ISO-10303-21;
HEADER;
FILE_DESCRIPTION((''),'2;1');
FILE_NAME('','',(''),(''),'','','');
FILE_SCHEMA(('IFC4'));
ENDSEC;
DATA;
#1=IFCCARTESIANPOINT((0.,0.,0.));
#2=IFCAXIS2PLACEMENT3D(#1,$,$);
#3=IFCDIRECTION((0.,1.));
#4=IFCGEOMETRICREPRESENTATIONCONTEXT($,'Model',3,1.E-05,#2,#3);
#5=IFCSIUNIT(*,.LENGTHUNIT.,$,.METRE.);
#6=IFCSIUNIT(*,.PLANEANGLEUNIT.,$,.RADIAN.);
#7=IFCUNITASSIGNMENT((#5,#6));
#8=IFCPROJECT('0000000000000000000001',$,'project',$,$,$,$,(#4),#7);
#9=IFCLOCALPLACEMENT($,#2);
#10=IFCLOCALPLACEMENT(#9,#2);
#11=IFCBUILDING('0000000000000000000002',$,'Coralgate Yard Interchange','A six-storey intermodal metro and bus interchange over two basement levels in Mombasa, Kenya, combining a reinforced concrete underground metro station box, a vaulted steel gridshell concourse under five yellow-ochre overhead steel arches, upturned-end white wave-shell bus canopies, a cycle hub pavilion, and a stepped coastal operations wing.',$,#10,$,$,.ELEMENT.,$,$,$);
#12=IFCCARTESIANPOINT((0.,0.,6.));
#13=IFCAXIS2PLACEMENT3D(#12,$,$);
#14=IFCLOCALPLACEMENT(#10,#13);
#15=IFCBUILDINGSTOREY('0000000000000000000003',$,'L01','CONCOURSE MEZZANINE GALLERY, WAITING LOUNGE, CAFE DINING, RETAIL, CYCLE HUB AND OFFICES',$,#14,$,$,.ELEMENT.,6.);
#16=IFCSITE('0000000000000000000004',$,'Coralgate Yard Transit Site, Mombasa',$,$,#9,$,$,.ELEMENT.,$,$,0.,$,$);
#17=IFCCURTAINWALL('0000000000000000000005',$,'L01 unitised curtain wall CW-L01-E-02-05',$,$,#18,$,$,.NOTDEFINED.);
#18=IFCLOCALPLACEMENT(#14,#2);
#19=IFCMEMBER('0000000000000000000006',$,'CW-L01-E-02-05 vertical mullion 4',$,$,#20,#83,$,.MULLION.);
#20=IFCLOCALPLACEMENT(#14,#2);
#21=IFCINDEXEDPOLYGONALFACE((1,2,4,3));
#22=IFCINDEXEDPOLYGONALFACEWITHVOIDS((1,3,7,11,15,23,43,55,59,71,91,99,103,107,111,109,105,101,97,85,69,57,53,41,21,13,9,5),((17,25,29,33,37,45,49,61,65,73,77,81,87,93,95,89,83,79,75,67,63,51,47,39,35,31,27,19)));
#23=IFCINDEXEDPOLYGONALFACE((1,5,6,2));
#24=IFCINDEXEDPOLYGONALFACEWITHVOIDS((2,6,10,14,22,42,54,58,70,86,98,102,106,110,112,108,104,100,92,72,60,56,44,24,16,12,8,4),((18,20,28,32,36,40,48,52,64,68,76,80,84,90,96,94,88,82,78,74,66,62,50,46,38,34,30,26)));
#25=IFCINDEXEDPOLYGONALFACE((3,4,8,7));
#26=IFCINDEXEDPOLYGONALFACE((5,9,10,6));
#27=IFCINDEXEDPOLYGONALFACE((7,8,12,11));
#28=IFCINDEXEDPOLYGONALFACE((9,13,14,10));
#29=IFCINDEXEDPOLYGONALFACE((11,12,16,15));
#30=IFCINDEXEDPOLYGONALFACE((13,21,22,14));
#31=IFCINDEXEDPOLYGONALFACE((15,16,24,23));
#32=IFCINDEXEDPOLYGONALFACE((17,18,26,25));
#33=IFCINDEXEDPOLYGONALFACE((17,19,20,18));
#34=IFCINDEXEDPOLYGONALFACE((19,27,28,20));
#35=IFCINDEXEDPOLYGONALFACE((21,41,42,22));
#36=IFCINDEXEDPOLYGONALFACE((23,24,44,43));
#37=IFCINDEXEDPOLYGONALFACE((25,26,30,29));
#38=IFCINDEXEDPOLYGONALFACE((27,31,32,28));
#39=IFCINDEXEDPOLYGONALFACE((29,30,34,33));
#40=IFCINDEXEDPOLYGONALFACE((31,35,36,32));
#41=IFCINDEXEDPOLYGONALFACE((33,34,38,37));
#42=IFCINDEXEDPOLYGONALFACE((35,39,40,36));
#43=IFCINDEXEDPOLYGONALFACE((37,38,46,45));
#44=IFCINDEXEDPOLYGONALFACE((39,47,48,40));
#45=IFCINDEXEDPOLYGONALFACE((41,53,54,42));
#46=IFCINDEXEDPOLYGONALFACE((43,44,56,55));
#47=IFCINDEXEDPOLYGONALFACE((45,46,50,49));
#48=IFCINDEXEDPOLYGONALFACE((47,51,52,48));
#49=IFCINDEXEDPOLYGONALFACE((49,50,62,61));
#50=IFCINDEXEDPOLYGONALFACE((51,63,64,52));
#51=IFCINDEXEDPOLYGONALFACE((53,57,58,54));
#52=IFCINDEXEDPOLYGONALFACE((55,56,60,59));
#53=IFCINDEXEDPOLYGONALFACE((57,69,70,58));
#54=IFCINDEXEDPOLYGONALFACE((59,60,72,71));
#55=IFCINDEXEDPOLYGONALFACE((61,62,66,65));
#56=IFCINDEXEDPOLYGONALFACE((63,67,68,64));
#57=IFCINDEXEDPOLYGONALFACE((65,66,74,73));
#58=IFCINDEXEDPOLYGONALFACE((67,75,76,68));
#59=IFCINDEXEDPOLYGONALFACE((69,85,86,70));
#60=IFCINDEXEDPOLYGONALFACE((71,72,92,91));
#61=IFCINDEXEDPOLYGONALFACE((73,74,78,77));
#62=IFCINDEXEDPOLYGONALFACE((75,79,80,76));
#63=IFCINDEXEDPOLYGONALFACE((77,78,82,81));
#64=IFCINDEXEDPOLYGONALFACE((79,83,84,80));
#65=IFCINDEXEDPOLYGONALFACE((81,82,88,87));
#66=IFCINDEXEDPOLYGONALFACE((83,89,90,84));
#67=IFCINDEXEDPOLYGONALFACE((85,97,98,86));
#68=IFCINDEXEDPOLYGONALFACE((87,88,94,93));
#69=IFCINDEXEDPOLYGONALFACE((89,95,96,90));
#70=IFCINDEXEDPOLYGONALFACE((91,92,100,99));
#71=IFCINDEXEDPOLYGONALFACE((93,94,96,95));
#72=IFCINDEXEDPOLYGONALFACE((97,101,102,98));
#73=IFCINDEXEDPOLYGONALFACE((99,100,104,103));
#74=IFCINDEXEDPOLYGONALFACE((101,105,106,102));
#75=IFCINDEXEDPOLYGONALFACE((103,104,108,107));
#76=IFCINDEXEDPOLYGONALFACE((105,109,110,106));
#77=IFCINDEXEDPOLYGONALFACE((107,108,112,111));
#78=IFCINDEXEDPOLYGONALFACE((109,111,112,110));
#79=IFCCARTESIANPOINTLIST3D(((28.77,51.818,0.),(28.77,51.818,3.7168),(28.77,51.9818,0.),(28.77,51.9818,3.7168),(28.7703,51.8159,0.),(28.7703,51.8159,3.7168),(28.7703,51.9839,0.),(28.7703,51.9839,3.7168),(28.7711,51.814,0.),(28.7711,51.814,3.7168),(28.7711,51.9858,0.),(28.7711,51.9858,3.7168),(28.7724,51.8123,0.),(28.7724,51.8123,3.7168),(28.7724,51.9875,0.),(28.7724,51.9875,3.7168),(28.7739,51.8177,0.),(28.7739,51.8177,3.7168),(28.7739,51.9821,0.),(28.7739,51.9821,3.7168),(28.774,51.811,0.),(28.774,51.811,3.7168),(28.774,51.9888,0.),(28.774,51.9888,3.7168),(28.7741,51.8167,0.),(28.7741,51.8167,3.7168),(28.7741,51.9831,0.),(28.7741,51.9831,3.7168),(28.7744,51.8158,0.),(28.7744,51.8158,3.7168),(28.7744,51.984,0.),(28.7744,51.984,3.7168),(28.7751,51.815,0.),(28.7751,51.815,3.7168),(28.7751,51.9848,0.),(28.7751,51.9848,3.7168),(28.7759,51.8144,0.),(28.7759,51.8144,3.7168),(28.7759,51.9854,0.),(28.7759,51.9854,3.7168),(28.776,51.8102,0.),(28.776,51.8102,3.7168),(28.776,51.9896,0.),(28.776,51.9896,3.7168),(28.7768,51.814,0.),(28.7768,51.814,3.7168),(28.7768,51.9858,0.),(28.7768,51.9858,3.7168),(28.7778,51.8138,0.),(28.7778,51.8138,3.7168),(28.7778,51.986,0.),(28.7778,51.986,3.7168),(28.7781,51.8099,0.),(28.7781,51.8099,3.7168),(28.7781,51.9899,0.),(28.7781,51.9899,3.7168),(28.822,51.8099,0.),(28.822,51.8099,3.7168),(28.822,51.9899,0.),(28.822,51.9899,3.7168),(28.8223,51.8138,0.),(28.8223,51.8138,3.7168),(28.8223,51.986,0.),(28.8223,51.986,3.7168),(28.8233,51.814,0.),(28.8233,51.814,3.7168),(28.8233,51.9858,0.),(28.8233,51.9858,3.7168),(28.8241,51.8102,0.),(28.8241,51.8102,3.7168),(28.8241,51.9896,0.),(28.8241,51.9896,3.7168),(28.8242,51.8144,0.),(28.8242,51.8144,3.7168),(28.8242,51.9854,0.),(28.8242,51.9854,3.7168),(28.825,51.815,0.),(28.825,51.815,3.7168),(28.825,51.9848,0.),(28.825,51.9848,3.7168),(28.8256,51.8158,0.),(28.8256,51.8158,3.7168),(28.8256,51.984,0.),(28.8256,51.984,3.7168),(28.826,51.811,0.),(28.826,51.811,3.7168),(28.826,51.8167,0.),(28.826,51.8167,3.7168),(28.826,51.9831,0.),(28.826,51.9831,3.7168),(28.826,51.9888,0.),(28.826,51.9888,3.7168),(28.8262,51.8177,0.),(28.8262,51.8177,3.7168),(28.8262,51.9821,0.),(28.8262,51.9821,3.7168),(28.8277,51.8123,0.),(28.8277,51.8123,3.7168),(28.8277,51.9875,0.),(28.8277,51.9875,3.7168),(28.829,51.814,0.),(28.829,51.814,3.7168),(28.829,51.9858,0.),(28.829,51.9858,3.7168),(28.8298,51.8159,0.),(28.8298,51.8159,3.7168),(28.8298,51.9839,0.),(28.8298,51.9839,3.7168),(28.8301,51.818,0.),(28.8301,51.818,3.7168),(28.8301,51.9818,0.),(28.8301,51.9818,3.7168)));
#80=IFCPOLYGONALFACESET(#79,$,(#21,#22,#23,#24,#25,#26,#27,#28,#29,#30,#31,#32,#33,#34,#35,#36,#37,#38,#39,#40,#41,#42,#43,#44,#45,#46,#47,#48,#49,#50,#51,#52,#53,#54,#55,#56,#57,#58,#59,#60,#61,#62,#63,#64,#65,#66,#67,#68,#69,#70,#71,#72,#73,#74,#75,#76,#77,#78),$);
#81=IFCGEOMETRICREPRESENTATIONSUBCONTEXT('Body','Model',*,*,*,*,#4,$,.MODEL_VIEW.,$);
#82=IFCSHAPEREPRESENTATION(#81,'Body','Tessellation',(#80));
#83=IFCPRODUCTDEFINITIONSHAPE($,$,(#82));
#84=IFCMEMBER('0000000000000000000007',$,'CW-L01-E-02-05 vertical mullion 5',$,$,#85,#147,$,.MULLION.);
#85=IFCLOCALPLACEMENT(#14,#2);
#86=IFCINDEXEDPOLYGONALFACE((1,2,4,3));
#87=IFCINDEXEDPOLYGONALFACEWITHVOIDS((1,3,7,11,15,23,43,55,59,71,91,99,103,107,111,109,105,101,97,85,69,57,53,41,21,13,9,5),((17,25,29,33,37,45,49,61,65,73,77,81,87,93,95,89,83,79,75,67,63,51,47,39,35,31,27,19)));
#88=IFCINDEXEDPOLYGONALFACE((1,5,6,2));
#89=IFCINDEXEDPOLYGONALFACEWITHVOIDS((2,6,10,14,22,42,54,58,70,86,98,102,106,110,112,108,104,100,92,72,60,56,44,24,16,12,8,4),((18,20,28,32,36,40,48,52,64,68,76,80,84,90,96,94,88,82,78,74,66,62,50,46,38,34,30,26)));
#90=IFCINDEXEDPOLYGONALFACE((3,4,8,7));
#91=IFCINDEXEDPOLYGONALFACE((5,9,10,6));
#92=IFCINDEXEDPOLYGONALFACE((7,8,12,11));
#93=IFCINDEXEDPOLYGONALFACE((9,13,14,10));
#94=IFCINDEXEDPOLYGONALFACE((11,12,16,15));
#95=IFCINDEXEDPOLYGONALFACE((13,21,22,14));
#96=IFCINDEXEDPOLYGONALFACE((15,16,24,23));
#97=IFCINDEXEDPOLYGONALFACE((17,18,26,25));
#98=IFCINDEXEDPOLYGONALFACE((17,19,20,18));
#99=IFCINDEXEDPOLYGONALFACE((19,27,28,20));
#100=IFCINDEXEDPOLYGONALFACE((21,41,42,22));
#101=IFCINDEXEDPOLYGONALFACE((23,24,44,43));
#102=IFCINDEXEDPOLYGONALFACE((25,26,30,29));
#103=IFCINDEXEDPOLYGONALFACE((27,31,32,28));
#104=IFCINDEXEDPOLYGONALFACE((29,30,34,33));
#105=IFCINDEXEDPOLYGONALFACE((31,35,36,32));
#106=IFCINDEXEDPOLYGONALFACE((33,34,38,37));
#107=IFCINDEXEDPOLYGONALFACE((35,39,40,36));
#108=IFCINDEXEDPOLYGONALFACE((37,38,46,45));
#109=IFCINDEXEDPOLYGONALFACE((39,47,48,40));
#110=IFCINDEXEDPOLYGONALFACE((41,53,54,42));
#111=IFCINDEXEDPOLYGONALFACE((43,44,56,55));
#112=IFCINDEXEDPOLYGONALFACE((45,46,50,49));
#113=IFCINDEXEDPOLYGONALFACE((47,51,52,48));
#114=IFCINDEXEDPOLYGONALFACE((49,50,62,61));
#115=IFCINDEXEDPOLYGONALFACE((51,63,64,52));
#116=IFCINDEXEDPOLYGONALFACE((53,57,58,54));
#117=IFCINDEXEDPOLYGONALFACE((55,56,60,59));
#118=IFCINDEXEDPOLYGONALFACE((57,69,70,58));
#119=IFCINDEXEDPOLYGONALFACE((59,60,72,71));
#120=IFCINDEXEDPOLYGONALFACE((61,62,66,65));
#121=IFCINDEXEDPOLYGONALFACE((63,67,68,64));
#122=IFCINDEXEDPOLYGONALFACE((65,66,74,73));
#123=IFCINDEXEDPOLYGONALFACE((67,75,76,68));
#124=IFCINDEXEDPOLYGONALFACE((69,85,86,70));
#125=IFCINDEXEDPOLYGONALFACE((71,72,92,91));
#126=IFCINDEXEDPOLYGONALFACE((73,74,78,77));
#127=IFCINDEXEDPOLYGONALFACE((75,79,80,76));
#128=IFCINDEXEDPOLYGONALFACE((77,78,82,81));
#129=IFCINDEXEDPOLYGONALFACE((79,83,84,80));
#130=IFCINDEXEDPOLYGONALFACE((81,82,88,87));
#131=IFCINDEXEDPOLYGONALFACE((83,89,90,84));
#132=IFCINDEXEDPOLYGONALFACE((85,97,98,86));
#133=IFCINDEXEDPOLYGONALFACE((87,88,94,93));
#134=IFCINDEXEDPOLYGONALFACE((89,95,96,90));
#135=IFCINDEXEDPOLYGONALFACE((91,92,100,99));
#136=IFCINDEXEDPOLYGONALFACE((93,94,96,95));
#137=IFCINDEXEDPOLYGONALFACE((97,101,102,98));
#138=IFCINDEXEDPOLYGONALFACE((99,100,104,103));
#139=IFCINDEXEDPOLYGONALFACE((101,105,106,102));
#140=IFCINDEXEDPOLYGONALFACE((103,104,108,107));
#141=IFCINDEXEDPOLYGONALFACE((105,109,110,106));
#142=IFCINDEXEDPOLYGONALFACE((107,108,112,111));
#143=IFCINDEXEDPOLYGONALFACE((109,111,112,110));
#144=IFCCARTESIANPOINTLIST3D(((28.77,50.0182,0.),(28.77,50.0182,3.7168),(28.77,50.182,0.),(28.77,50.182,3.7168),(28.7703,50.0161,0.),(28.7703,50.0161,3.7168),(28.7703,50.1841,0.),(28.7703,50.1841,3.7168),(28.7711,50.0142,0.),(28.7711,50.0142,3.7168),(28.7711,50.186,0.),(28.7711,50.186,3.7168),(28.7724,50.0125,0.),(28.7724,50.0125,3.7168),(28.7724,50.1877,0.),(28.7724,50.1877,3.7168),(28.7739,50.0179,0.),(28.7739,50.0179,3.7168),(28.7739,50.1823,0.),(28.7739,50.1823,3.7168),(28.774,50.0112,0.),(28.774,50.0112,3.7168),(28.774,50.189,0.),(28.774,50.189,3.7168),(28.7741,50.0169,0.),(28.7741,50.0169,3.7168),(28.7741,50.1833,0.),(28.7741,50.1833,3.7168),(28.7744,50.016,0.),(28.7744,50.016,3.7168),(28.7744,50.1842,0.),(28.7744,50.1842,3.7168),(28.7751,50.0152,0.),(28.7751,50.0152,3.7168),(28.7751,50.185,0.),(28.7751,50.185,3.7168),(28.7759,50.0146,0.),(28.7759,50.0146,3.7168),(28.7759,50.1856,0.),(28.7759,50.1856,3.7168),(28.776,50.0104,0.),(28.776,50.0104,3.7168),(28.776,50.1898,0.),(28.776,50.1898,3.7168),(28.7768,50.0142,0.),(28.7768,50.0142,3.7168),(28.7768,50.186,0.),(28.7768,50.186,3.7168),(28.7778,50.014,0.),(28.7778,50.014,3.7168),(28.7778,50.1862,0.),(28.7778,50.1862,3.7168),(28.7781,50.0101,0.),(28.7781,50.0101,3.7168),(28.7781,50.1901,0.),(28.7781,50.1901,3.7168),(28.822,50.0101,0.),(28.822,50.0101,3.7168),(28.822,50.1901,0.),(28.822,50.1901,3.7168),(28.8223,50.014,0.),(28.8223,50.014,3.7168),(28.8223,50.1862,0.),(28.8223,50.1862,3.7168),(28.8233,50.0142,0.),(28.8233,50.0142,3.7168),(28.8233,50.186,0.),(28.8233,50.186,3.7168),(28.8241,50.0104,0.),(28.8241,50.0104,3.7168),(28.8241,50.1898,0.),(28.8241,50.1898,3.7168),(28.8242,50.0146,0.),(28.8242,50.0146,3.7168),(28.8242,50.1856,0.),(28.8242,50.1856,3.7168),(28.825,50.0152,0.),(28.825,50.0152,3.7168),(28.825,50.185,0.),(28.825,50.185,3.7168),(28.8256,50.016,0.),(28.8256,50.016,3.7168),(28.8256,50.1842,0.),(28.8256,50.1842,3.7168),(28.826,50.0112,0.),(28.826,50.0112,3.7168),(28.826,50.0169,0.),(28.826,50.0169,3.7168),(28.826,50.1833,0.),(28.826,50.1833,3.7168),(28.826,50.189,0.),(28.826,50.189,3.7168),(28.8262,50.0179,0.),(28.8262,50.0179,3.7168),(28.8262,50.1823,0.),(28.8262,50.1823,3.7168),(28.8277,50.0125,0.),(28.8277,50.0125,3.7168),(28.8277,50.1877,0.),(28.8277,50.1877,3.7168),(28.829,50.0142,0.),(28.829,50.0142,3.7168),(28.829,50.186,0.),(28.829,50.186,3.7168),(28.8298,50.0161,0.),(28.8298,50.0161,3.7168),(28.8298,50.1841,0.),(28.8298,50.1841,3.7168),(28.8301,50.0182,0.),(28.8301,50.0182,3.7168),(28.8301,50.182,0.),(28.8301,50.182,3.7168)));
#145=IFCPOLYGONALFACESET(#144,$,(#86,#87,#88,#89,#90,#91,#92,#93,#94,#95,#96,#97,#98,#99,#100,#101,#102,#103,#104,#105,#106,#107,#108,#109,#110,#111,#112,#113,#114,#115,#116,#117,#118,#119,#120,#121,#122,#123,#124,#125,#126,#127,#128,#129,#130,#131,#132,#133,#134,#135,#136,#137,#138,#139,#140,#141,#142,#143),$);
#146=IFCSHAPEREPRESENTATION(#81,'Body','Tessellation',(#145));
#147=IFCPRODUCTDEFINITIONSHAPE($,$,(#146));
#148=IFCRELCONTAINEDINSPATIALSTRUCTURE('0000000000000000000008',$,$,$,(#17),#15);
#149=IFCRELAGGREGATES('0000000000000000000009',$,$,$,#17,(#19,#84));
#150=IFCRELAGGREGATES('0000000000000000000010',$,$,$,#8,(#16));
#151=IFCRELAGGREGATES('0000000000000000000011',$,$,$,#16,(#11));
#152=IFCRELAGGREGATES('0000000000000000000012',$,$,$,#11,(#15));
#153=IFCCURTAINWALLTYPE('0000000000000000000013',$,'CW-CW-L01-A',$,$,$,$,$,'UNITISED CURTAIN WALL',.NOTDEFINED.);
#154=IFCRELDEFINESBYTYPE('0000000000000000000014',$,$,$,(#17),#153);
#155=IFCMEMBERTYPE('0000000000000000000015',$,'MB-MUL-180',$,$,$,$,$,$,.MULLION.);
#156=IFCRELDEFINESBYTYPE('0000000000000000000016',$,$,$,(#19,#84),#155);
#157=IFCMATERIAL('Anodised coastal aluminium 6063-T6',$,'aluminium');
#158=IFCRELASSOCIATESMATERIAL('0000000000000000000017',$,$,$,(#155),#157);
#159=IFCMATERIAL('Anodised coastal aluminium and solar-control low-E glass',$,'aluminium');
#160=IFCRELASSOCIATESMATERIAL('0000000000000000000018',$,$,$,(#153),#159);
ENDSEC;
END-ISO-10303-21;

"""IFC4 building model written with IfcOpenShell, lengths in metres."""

from ifc_helpers import new_model, si_unit, direction, frame, origin, origin_2d, place, context, subcontext, project, spatial, hollow_rectangle, extrude, material, material_profile, profile_set, type_object, element, aggregate, save


model = new_model("IFC4")

# Units and contexts
model_context = context("Model", 3, precision=1e-05, world=origin(), true_north=direction((0.0, 1.0)))
body_context = subcontext(model_context, "Body", "Model", "MODEL_VIEW")
ifc_project = project(units=[si_unit("LENGTHUNIT", "METRE"), si_unit("PLANEANGLEUNIT", "RADIAN")], contexts=[model_context])

# Site, building, storey
site_placement = place(None, origin())
site = spatial("IfcSite", under=ifc_project, at=site_placement, Name="Coralgate Yard Transit Site, Mombasa", CompositionType="ELEMENT", RefElevation=0.0)
building_placement = place(site_placement, origin())
building = spatial("IfcBuilding", under=site, at=building_placement, Name="Coralgate Yard Interchange", Description="A six-storey intermodal metro and bus interchange over two basement levels in Mombasa, Kenya, combining a reinforced concrete underground metro station box, a vaulted steel gridshell concourse under five yellow-ochre overhead steel arches, upturned-end white wave-shell bus canopies, a cycle hub pavilion, and a stepped coastal operations wing.", CompositionType="ELEMENT")
storey_placement = place(building_placement, frame((0.0, 0.0, 6.0)))
storey = spatial("IfcBuildingStorey", under=building, at=storey_placement, Name="L01", Description="CONCOURSE MEZZANINE GALLERY, WAITING LOUNGE, CAFE DINING, RETAIL, CYCLE HUB AND OFFICES", CompositionType="ELEMENT", Elevation=6.0)

# Curtain wall, members
ifc_material_1 = material(Name="Anodised coastal aluminium and solar-control low-E glass", Category="aluminium")
ifc_material_2 = material(Name="Anodised coastal aluminium 6063-T6", Category="aluminium")
ifc_material_profile_1 = material_profile(ifc_material_2, hollow_rectangle(XDim=0.0601, YDim=0.1799, WallThickness=0.0039, InnerFilletRadius=0.0039, OuterFilletRadius=0.0081, at=origin_2d()), Name="ALU 60x180x4")
ifc_profile_set_1 = profile_set([ifc_material_profile_1], Name="Anodised coastal aluminium 6063-T6")
member_type_1 = type_object("IfcMemberType", Name="MB-MUL-180", PredefinedType="MULLION", material=ifc_profile_set_1)
curtain_wall_type_1 = type_object("IfcCurtainWallType", Name="CW-CW-L01-A", ElementType="UNITISED CURTAIN WALL", PredefinedType="NOTDEFINED", material=ifc_material_1)
curtain_wall_1_placement = place(storey_placement, origin())
curtain_wall_1 = element("IfcCurtainWall", 1, at=curtain_wall_1_placement, inside=storey, type_object=curtain_wall_type_1, Name="L01 unitised curtain wall CW-L01-E-02-05", PredefinedType="NOTDEFINED")
member_1_placement = place(storey_placement, frame((28.8, 51.8999, 0.0), z_axis=(0.0, 0.0, 1.0), x_axis=(1.0, 0.0, 0.0)))
member_1 = element("IfcMember", 2, at=member_1_placement, type_object=member_type_1, Name="CW-L01-E-02-05 vertical mullion 4", PredefinedType="MULLION", context=body_context, shape_type="SweptSolid", body=[
    extrude(hollow_rectangle(XDim=0.0601, YDim=0.1799, WallThickness=0.0039, InnerFilletRadius=0.0039, OuterFilletRadius=0.0081, at=origin_2d()), origin(), (0.0, 0.0, 1.0), 3.7168),
])
member_2_placement = place(storey_placement, frame((28.8, 50.1001, 0.0), z_axis=(0.0, 0.0, 1.0), x_axis=(1.0, 0.0, 0.0)))
member_2 = element("IfcMember", 3, at=member_2_placement, type_object=member_type_1, Name="CW-L01-E-02-05 vertical mullion 5", PredefinedType="MULLION", context=body_context, shape_type="SweptSolid", body=[
    extrude(hollow_rectangle(XDim=0.0601, YDim=0.1799, WallThickness=0.0039, InnerFilletRadius=0.0039, OuterFilletRadius=0.0081, at=origin_2d()), origin(), (0.0, 0.0, 1.0), 3.7168),
])

aggregate(curtain_wall_1, [member_1, member_2])

save(model, "model.ifc")
